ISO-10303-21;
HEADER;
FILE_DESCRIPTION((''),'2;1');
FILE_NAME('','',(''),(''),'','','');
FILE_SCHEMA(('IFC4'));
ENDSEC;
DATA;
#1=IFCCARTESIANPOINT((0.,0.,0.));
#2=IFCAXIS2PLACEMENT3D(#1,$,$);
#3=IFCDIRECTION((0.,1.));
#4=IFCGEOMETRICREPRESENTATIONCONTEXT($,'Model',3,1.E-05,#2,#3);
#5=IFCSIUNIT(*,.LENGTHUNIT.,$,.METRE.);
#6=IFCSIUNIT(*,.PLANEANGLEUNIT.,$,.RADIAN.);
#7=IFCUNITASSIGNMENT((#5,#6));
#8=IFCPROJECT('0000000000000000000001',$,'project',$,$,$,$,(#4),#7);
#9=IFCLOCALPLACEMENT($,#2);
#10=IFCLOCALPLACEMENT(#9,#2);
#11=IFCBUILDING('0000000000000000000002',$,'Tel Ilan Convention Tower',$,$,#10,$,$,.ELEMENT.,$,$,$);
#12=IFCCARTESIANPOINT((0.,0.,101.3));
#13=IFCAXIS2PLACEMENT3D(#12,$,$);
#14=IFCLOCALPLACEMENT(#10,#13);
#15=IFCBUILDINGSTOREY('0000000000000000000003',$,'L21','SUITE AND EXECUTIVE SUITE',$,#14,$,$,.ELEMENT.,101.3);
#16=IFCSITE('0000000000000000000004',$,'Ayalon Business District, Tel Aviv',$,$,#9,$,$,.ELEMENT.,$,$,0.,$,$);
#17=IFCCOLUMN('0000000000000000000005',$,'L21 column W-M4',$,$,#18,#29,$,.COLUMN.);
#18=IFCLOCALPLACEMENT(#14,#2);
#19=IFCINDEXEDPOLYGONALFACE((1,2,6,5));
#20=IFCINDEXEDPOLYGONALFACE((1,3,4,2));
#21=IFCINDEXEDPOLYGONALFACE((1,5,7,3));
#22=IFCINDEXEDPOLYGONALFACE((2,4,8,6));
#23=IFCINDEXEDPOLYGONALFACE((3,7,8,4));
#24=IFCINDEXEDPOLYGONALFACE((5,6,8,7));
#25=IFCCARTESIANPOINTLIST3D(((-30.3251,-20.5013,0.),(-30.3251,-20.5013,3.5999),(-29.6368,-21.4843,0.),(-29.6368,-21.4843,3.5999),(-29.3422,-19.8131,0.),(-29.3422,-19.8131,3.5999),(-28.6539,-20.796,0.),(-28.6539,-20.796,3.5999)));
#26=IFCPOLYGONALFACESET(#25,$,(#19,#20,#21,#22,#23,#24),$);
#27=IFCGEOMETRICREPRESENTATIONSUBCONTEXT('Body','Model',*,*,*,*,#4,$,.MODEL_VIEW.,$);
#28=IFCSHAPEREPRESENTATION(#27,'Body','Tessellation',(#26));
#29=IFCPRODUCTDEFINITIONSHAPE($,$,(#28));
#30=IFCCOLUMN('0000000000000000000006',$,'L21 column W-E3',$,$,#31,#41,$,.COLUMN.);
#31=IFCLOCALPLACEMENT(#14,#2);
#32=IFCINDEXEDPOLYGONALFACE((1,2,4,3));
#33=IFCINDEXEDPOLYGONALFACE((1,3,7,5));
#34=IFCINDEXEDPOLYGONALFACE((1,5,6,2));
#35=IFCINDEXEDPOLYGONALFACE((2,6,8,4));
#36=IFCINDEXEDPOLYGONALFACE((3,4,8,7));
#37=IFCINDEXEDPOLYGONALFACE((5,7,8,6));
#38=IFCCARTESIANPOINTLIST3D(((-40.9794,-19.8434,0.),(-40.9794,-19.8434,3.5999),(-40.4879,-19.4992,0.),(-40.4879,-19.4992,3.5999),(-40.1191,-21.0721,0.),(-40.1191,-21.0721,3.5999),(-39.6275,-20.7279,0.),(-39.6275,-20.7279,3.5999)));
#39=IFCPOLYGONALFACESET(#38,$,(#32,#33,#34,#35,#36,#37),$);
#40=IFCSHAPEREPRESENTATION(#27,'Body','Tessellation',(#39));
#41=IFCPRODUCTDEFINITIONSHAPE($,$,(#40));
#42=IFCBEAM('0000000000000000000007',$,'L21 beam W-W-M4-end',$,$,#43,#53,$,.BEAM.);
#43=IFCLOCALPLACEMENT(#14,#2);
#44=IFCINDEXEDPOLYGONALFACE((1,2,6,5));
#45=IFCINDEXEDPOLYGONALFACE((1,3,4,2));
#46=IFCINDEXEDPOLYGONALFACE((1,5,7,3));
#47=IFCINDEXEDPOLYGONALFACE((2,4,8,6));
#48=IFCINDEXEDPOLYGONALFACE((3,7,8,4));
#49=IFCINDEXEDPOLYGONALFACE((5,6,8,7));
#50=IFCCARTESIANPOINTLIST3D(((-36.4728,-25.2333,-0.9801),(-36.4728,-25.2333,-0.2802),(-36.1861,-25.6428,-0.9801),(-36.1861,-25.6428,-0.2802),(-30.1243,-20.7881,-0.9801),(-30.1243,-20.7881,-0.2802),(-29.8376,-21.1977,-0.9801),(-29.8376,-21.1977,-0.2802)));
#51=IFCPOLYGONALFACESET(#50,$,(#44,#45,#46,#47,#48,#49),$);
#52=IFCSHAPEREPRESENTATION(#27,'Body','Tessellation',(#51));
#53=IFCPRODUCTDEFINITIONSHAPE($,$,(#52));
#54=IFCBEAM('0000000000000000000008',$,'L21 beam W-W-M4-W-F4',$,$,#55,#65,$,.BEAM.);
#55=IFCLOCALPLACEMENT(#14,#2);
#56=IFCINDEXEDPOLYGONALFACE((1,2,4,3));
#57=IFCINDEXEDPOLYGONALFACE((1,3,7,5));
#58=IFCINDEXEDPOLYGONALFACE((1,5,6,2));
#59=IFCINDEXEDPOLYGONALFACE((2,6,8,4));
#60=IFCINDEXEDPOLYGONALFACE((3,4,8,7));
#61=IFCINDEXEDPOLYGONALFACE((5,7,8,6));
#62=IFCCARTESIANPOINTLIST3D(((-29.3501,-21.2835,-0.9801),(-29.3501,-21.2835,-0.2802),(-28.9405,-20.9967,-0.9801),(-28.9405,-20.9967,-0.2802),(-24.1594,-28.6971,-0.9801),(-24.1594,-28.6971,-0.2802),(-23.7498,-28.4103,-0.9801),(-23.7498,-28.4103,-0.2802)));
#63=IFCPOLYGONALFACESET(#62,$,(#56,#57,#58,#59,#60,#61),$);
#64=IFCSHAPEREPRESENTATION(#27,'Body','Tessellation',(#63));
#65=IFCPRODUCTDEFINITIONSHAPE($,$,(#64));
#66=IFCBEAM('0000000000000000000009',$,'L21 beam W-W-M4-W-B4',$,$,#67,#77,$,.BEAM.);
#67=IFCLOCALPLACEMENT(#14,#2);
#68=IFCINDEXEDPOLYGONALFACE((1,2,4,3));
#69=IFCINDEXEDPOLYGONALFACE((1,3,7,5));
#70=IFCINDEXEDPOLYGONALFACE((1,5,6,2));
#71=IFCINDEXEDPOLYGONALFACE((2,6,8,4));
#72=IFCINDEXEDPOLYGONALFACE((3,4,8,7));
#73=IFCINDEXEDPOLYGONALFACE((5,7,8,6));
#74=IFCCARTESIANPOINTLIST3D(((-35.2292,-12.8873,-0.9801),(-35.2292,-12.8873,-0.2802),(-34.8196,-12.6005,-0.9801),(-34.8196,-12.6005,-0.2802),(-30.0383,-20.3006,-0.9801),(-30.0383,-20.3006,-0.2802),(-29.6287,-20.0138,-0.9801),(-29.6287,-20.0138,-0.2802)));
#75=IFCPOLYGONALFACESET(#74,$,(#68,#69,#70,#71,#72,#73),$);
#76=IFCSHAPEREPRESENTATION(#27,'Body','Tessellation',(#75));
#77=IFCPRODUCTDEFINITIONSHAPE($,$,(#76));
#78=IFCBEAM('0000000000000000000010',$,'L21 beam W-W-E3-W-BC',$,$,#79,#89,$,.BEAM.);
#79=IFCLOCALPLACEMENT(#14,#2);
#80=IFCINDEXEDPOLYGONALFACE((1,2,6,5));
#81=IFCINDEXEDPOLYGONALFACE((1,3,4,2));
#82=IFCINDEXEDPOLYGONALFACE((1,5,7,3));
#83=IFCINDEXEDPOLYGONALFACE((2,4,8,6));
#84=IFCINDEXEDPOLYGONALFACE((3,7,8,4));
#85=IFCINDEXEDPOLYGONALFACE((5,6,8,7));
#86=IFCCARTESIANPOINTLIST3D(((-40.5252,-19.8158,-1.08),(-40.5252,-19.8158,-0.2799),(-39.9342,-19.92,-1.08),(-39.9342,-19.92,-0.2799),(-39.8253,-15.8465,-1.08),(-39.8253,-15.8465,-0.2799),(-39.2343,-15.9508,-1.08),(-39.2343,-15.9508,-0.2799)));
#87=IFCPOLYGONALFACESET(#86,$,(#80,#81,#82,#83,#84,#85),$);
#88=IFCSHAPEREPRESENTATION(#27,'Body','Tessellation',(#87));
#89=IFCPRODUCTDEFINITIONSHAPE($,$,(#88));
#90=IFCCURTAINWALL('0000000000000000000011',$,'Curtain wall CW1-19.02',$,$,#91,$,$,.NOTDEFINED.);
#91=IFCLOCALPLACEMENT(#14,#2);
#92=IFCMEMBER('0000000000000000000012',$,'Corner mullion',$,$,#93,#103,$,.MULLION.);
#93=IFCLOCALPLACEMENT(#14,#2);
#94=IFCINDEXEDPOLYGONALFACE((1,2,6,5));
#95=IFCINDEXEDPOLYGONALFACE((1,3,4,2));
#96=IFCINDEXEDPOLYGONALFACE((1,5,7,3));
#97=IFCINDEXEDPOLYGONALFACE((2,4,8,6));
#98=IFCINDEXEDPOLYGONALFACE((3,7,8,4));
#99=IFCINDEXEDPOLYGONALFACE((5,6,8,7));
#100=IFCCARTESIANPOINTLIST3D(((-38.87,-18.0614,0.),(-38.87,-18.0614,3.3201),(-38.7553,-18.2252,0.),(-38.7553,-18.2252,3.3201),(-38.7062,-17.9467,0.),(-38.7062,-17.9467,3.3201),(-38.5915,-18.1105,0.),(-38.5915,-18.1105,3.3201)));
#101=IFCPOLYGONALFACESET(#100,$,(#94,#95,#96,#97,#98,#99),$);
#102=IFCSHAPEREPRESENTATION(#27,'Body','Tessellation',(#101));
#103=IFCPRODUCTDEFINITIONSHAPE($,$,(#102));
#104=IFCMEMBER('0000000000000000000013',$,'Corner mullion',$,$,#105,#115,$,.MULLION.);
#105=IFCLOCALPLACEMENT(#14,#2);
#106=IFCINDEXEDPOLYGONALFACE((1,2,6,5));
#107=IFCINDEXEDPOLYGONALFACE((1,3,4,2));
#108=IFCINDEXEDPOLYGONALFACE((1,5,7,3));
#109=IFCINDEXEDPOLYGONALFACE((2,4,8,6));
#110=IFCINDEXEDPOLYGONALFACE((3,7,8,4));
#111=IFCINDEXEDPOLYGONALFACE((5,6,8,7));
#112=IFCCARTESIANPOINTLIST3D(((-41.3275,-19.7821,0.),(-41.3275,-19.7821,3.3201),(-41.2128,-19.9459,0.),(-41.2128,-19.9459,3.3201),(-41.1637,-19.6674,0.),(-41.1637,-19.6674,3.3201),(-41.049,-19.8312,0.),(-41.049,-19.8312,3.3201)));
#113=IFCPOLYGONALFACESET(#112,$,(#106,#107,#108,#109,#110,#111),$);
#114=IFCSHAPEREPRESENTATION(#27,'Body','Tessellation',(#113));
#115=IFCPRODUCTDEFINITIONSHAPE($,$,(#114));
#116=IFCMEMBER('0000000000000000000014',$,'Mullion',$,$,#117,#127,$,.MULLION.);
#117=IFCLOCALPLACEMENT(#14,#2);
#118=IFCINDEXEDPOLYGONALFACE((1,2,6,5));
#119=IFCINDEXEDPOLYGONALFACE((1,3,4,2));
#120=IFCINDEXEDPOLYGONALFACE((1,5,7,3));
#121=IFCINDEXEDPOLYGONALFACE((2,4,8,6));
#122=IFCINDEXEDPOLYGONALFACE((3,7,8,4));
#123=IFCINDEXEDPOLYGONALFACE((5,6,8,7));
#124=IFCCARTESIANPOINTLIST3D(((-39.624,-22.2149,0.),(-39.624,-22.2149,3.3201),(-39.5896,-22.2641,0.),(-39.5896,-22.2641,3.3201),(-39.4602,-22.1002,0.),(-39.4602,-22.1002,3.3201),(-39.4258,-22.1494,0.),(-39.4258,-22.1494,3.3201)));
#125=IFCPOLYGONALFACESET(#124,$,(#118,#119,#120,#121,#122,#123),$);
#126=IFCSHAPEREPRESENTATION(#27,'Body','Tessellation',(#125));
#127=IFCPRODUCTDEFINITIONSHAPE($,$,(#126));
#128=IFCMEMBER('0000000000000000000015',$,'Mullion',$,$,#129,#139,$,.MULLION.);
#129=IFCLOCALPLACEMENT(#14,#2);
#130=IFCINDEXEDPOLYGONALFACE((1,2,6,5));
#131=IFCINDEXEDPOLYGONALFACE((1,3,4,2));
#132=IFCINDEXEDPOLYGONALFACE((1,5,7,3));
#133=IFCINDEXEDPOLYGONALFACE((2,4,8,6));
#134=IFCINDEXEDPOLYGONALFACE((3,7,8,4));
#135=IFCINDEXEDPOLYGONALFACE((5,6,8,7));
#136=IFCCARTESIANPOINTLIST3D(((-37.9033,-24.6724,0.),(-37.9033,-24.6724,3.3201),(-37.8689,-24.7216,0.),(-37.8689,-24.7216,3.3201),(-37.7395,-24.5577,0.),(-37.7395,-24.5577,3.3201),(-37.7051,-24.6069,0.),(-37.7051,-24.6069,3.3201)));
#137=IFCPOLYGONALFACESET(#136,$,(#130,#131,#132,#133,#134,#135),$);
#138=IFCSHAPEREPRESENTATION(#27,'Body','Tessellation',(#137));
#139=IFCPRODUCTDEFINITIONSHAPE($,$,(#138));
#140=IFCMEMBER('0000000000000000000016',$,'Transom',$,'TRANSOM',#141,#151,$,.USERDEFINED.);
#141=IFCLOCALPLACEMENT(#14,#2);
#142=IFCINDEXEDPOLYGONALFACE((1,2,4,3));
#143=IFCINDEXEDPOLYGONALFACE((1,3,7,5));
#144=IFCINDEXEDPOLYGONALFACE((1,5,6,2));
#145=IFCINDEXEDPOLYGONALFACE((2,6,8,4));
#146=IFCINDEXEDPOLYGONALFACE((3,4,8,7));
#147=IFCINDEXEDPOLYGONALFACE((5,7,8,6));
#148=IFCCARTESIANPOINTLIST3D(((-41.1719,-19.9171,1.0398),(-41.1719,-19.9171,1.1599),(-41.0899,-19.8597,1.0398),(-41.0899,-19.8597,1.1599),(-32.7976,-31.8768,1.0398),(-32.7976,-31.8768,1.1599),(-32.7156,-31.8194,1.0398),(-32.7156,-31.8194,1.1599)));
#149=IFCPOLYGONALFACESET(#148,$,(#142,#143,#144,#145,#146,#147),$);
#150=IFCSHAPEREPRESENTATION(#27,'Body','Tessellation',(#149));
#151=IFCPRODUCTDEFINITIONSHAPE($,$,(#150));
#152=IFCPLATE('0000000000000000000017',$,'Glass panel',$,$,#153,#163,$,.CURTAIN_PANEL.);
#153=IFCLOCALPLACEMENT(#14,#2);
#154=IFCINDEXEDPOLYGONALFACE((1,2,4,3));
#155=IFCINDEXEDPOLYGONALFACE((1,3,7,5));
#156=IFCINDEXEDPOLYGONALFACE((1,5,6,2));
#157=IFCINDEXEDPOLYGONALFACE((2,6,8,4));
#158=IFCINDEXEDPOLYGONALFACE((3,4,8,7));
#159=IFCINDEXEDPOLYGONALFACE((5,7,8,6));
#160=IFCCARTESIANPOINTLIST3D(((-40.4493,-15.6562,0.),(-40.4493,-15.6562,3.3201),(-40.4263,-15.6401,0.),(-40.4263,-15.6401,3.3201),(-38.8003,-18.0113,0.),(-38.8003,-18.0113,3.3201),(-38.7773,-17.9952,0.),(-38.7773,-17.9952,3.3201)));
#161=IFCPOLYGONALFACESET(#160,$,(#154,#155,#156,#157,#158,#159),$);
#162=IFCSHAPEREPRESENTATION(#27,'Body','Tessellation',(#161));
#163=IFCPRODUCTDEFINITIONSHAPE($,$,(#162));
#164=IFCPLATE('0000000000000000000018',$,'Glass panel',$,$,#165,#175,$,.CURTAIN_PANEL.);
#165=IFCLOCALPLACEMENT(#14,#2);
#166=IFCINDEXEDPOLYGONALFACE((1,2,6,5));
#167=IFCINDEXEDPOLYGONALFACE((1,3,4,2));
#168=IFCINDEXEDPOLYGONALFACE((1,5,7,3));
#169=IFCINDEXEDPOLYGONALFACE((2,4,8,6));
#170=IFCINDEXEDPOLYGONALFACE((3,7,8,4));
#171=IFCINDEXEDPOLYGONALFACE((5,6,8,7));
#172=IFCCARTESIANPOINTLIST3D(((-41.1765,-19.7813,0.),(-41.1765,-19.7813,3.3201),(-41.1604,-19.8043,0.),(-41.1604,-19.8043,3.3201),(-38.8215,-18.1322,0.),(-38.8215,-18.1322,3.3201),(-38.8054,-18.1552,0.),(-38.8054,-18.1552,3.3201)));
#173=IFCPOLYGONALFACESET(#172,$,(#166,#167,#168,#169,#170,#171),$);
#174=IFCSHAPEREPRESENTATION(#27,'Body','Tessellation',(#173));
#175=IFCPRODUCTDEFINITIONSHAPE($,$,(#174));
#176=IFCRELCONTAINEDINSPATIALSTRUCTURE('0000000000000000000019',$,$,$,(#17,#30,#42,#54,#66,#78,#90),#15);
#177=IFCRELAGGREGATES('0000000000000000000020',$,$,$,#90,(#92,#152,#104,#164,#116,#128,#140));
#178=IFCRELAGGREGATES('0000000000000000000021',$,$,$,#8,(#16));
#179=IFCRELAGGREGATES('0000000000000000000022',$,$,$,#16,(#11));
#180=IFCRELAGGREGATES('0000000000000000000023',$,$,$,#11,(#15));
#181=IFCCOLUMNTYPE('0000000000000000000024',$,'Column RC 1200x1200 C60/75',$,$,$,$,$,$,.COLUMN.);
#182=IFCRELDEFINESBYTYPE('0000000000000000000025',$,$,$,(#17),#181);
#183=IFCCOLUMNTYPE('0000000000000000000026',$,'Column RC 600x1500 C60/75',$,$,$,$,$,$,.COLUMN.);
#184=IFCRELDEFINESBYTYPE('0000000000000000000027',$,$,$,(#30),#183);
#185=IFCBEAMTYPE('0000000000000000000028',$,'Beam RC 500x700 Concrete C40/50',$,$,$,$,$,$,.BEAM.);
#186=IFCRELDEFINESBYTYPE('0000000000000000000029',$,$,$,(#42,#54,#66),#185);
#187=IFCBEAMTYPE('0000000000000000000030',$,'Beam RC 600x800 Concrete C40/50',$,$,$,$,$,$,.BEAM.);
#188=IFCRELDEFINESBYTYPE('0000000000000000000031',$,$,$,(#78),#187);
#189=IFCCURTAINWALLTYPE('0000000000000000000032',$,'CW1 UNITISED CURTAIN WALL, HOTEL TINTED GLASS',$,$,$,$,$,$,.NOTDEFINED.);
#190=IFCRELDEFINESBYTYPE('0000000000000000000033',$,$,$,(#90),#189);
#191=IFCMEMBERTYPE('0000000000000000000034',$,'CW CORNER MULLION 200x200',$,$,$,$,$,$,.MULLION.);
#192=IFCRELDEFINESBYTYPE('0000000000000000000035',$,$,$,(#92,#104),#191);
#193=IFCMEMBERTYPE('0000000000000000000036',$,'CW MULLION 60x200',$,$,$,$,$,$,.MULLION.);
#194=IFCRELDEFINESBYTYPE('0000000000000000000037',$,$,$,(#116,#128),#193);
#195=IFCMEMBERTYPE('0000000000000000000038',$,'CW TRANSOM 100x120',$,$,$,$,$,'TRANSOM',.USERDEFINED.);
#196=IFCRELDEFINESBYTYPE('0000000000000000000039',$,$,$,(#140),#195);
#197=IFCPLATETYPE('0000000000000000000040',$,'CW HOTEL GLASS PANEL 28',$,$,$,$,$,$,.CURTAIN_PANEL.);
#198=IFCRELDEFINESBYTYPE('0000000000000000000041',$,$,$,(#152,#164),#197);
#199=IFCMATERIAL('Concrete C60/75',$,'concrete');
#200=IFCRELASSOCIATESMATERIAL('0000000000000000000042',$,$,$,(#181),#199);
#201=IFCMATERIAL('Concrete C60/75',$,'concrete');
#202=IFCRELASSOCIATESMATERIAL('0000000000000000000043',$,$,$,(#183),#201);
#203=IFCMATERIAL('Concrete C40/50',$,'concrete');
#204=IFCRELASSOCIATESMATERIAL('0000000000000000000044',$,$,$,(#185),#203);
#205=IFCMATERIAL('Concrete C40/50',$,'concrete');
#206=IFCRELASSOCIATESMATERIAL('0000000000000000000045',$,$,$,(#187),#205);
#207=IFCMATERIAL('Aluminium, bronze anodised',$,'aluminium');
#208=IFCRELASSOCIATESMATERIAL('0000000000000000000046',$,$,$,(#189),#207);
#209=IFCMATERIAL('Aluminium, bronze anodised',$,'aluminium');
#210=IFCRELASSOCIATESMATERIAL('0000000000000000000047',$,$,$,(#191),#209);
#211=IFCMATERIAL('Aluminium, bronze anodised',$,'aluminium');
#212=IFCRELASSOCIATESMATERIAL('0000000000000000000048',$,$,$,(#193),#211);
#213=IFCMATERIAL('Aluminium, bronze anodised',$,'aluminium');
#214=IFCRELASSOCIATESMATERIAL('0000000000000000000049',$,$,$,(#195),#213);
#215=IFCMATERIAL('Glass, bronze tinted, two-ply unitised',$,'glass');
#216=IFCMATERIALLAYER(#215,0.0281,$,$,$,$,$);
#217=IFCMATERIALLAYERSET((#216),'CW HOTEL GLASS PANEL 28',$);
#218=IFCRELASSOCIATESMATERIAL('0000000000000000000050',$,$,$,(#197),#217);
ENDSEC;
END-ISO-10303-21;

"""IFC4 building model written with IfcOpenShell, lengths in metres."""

from ifc_helpers import new_model, si_unit, direction, frame, origin, origin_2d, place, context, subcontext, project, spatial, rectangle, extrude, material, layer, layer_set, material_profile, profile_set, type_object, element, aggregate, save


model = new_model("IFC4")

# Units and contexts
model_context = context("Model", 3, precision=1e-05, world=origin(), true_north=direction((0.0, 1.0)))
body_context = subcontext(model_context, "Body", "Model", "MODEL_VIEW")
ifc_project = project(units=[si_unit("LENGTHUNIT", "METRE"), si_unit("PLANEANGLEUNIT", "RADIAN")], contexts=[model_context])

# Site, building, storey
site_placement = place(None, origin())
site = spatial("IfcSite", under=ifc_project, at=site_placement, Name="Ayalon Business District, Tel Aviv", CompositionType="ELEMENT", RefElevation=0.0)
building_placement = place(site_placement, origin())
building = spatial("IfcBuilding", under=site, at=building_placement, Name="Tel Ilan Convention Tower", CompositionType="ELEMENT")
storey_placement = place(building_placement, frame((0.0, 0.0, 101.3)))
storey = spatial("IfcBuildingStorey", under=building, at=storey_placement, Name="L21", Description="SUITE AND EXECUTIVE SUITE", CompositionType="ELEMENT", Elevation=101.3)

# Columns
ifc_material_1 = material(Name="Concrete C60/75", Category="concrete")
ifc_material_profile_1 = material_profile(ifc_material_1, rectangle(XDim=1.2, YDim=1.2, at=origin_2d()), Name="RC 1200x1200")
ifc_profile_set_1 = profile_set([ifc_material_profile_1], Name="Concrete C60/75")
column_type_1 = type_object("IfcColumnType", Name="Column RC 1200x1200 C60/75", PredefinedType="COLUMN", material=ifc_profile_set_1)
column_1_placement = place(storey_placement, frame((-29.4895, -20.6487, 0.0), z_axis=(0.0, 0.0, 1.0), x_axis=(-0.819152, -0.573576, 0.0)))
element("IfcColumn", 1, at=column_1_placement, inside=storey, type_object=column_type_1, Name="L21 column W-M4", PredefinedType="COLUMN", context=body_context, shape_type="SweptSolid", body=[
    extrude(rectangle(XDim=1.2, YDim=1.2, at=origin_2d()), origin(), (0.0, 0.0, 1.0), 3.5999),
])
ifc_material_2 = material(Name="Concrete C60/75", Category="concrete")
ifc_material_profile_2 = material_profile(ifc_material_2, rectangle(XDim=1.5, YDim=0.6001, at=origin_2d()), Name="RC 600x1500")
ifc_profile_set_2 = profile_set([ifc_material_profile_2], Name="Concrete C60/75")
column_type_2 = type_object("IfcColumnType", Name="Column RC 600x1500 C60/75", PredefinedType="COLUMN", material=ifc_profile_set_2)
column_2_placement = place(storey_placement, frame((-40.3035, -20.2856, 0.0), z_axis=(0.0, 0.0, 1.0), x_axis=(-0.573576, 0.819152, 0.0)))
element("IfcColumn", 2, at=column_2_placement, inside=storey, type_object=column_type_2, Name="L21 column W-E3", PredefinedType="COLUMN", context=body_context, shape_type="SweptSolid", body=[
    extrude(rectangle(XDim=1.5, YDim=0.6001, at=origin_2d()), origin(), (0.0, 0.0, 1.0), 3.5999),
])

# Beams
ifc_material_3 = material(Name="Concrete C40/50", Category="concrete")
ifc_material_profile_3 = material_profile(ifc_material_3, rectangle(XDim=0.5, YDim=0.7, at=origin_2d()), Name="RC 500x700")
ifc_profile_set_3 = profile_set([ifc_material_profile_3], Name="Concrete C40/50")
beam_type_1 = type_object("IfcBeamType", Name="Beam RC 500x700 Concrete C40/50", PredefinedType="BEAM", material=ifc_profile_set_3)
beam_1_placement = place(storey_placement, frame((-29.981, -20.9929, -0.6301), z_axis=(-0.819159, -0.573566, 0.0), x_axis=(0.573566, -0.819159, 0.0)))
element("IfcBeam", 3, at=beam_1_placement, inside=storey, type_object=beam_type_1, Name="L21 beam W-W-M4-end", PredefinedType="BEAM", context=body_context, shape_type="SweptSolid", body=[
    extrude(rectangle(XDim=0.5, YDim=0.7, at=origin_2d()), origin(), (0.0, 0.0, 1.0), 7.75),
])
for number, where, z_axis, x_axis, name in (
    (4, (-29.1453, -21.1401, -0.6301), (0.573549, -0.819171, 0.0), (0.819171, 0.573549, 0.0), "L21 beam W-W-M4-W-F4"),
    (5, (-29.8335, -20.1572, -0.6301), (-0.57358, 0.81915, 0.0), (-0.81915, -0.57358, 0.0), "L21 beam W-W-M4-W-B4"),
):
    element("IfcBeam", number, at=place(storey_placement, frame(where, z_axis=z_axis, x_axis=x_axis)), inside=storey, type_object=beam_type_1, Name=name, PredefinedType="BEAM", context=body_context, shape_type="SweptSolid", body=[
        extrude(rectangle(XDim=0.5, YDim=0.7, at=origin_2d()), origin(), (0.0, 0.0, 1.0), 9.05),
    ])
ifc_material_4 = material(Name="Concrete C40/50", Category="concrete")
ifc_material_profile_4 = material_profile(ifc_material_4, rectangle(XDim=0.6001, YDim=0.8, at=origin_2d()), Name="RC 600x800")
ifc_profile_set_4 = profile_set([ifc_material_profile_4], Name="Concrete C40/50")
beam_type_2 = type_object("IfcBeamType", Name="Beam RC 600x800 Concrete C40/50", PredefinedType="BEAM", material=ifc_profile_set_4)
beam_2_placement = place(storey_placement, frame((-40.2297, -19.8679, -0.6799), z_axis=(0.173664, 0.984805, 0.0), x_axis=(-0.984805, 0.173664, 0.0)))
element("IfcBeam", 6, at=beam_2_placement, inside=storey, type_object=beam_type_2, Name="L21 beam W-W-E3-W-BC", PredefinedType="BEAM", context=body_context, shape_type="SweptSolid", body=[
    extrude(rectangle(XDim=0.6001, YDim=0.8, at=origin_2d()), origin(), (0.0, 0.0, 1.0), 4.0305),
])

# Curtain wall, members, plates
ifc_material_5 = material(Name="Aluminium, bronze anodised", Category="aluminium")
curtain_wall_type = type_object("IfcCurtainWallType", Name="CW1 UNITISED CURTAIN WALL, HOTEL TINTED GLASS", PredefinedType="NOTDEFINED", material=ifc_material_5)
curtain_wall_placement = place(storey_placement, origin())
curtain_wall = element("IfcCurtainWall", 7, at=curtain_wall_placement, inside=storey, type_object=curtain_wall_type, Name="Curtain wall CW1-19.02", PredefinedType="NOTDEFINED")
ifc_material_6 = material(Name="Aluminium, bronze anodised", Category="aluminium")
ifc_material_profile_5 = material_profile(ifc_material_6, rectangle(XDim=0.2, YDim=0.2, at=origin_2d()), Name="CW CORNER MULLION 200x200")
ifc_profile_set_5 = profile_set([ifc_material_profile_5], Name="Aluminium, bronze anodised")
member_type_1 = type_object("IfcMemberType", Name="CW CORNER MULLION 200x200", PredefinedType="MULLION", material=ifc_profile_set_5)
member_1_placement = place(storey_placement, frame((-38.7307, -18.0859, 0.0), z_axis=(0.0, 0.0, 1.0), x_axis=(0.573576, -0.819152, 0.0)))
member_1 = element("IfcMember", 8, at=member_1_placement, type_object=member_type_1, Name="Corner mullion", PredefinedType="MULLION", context=body_context, shape_type="SweptSolid", body=[
    extrude(rectangle(XDim=0.2, YDim=0.2, at=origin_2d()), origin(), (0.0, 0.0, 1.0), 3.3201),
])
member_2_placement = place(storey_placement, frame((-41.1882, -19.8066, 0.0), z_axis=(0.0, 0.0, 1.0), x_axis=(-0.819152, -0.573576, 0.0)))
member_2 = element("IfcMember", 9, at=member_2_placement, type_object=member_type_1, Name="Corner mullion", PredefinedType="MULLION", context=body_context, shape_type="SweptSolid", body=[
    extrude(rectangle(XDim=0.2, YDim=0.2, at=origin_2d()), origin(), (0.0, 0.0, 1.0), 3.3201),
])
ifc_material_7 = material(Name="Aluminium, bronze anodised", Category="aluminium")
ifc_material_profile_6 = material_profile(ifc_material_7, rectangle(XDim=0.0601, YDim=0.2, at=origin_2d()), Name="CW MULLION 60x200")
ifc_profile_set_6 = profile_set([ifc_material_profile_6], Name="Aluminium, bronze anodised")
member_type_2 = type_object("IfcMemberType", Name="CW MULLION 60x200", PredefinedType="MULLION", material=ifc_profile_set_6)
member_3_placement = place(storey_placement, frame((-39.5249, -22.1821, 0.0), z_axis=(0.0, 0.0, 1.0), x_axis=(0.573576, -0.819152, 0.0)))
member_3 = element("IfcMember", 10, at=member_3_placement, type_object=member_type_2, Name="Mullion", PredefinedType="MULLION", context=body_context, shape_type="SweptSolid", body=[
    extrude(rectangle(XDim=0.0601, YDim=0.2, at=origin_2d()), origin(), (0.0, 0.0, 1.0), 3.3201),
])
member_4_placement = place(storey_placement, frame((-37.8042, -24.6396, 0.0), z_axis=(0.0, 0.0, 1.0), x_axis=(0.573576, -0.819152, 0.0)))
member_4 = element("IfcMember", 11, at=member_4_placement, type_object=member_type_2, Name="Mullion", PredefinedType="MULLION", context=body_context, shape_type="SweptSolid", body=[
    extrude(rectangle(XDim=0.0601, YDim=0.2, at=origin_2d()), origin(), (0.0, 0.0, 1.0), 3.3201),
])
ifc_material_8 = material(Name="Aluminium, bronze anodised", Category="aluminium")
ifc_material_profile_7 = material_profile(ifc_material_8, rectangle(XDim=0.1001, YDim=0.1201, at=origin_2d()), Name="CW TRANSOM 100x120")
ifc_profile_set_7 = profile_set([ifc_material_profile_7], Name="Aluminium, bronze anodised")
member_type_3 = type_object("IfcMemberType", Name="CW TRANSOM 100x120", ElementType="TRANSOM", PredefinedType="USERDEFINED", material=ifc_profile_set_7)
member_5_placement = place(storey_placement, frame((-41.1309, -19.8884, 1.0999), z_axis=(0.573576, -0.819153, 0.0), x_axis=(0.819153, 0.573576, 0.0)))
member_5 = element("IfcMember", 12, at=member_5_placement, type_object=member_type_3, Name="Transom", ObjectType="TRANSOM", PredefinedType="USERDEFINED", context=body_context, shape_type="SweptSolid", body=[
    extrude(rectangle(XDim=0.1001, YDim=0.1201, at=origin_2d()), origin(), (0.0, 0.0, 1.0), 14.6001),
])
ifc_material_9 = material(Name="Glass, bronze tinted, two-ply unitised", Category="glass")
ifc_layer_1 = layer(ifc_material_9, 0.0281)
ifc_layer_set_1 = layer_set([ifc_layer_1], Name="CW HOTEL GLASS PANEL 28")
plate_type = type_object("IfcPlateType", Name="CW HOTEL GLASS PANEL 28", PredefinedType="CURTAIN_PANEL", material=ifc_layer_set_1)
plate_1_placement = place(storey_placement, frame((-39.6133, -16.8257, 0.0), z_axis=(0.0, 0.0, 1.0), x_axis=(0.573576, -0.819152, 0.0)))
plate_1 = element("IfcPlate", 13, at=plate_1_placement, type_object=plate_type, Name="Glass panel", PredefinedType="CURTAIN_PANEL", context=body_context, shape_type="SweptSolid", body=[
    extrude(rectangle(XDim=2.875, YDim=0.0281, at=origin_2d()), origin(), (0.0, 0.0, 1.0), 3.3201),
])
plate_2_placement = place(storey_placement, frame((-39.991, -18.9683, 0.0), z_axis=(0.0, 0.0, 1.0), x_axis=(-0.819152, -0.573576, 0.0)))
plate_2 = element("IfcPlate", 14, at=plate_2_placement, type_object=plate_type, Name="Glass panel", PredefinedType="CURTAIN_PANEL", context=body_context, shape_type="SweptSolid", body=[
    extrude(rectangle(XDim=2.875, YDim=0.0281, at=origin_2d()), origin(), (0.0, 0.0, 1.0), 3.3201),
])
aggregate(curtain_wall, [member_1, plate_1, member_2, plate_2, member_3, member_4, member_5])

save(model, "model.ifc")
